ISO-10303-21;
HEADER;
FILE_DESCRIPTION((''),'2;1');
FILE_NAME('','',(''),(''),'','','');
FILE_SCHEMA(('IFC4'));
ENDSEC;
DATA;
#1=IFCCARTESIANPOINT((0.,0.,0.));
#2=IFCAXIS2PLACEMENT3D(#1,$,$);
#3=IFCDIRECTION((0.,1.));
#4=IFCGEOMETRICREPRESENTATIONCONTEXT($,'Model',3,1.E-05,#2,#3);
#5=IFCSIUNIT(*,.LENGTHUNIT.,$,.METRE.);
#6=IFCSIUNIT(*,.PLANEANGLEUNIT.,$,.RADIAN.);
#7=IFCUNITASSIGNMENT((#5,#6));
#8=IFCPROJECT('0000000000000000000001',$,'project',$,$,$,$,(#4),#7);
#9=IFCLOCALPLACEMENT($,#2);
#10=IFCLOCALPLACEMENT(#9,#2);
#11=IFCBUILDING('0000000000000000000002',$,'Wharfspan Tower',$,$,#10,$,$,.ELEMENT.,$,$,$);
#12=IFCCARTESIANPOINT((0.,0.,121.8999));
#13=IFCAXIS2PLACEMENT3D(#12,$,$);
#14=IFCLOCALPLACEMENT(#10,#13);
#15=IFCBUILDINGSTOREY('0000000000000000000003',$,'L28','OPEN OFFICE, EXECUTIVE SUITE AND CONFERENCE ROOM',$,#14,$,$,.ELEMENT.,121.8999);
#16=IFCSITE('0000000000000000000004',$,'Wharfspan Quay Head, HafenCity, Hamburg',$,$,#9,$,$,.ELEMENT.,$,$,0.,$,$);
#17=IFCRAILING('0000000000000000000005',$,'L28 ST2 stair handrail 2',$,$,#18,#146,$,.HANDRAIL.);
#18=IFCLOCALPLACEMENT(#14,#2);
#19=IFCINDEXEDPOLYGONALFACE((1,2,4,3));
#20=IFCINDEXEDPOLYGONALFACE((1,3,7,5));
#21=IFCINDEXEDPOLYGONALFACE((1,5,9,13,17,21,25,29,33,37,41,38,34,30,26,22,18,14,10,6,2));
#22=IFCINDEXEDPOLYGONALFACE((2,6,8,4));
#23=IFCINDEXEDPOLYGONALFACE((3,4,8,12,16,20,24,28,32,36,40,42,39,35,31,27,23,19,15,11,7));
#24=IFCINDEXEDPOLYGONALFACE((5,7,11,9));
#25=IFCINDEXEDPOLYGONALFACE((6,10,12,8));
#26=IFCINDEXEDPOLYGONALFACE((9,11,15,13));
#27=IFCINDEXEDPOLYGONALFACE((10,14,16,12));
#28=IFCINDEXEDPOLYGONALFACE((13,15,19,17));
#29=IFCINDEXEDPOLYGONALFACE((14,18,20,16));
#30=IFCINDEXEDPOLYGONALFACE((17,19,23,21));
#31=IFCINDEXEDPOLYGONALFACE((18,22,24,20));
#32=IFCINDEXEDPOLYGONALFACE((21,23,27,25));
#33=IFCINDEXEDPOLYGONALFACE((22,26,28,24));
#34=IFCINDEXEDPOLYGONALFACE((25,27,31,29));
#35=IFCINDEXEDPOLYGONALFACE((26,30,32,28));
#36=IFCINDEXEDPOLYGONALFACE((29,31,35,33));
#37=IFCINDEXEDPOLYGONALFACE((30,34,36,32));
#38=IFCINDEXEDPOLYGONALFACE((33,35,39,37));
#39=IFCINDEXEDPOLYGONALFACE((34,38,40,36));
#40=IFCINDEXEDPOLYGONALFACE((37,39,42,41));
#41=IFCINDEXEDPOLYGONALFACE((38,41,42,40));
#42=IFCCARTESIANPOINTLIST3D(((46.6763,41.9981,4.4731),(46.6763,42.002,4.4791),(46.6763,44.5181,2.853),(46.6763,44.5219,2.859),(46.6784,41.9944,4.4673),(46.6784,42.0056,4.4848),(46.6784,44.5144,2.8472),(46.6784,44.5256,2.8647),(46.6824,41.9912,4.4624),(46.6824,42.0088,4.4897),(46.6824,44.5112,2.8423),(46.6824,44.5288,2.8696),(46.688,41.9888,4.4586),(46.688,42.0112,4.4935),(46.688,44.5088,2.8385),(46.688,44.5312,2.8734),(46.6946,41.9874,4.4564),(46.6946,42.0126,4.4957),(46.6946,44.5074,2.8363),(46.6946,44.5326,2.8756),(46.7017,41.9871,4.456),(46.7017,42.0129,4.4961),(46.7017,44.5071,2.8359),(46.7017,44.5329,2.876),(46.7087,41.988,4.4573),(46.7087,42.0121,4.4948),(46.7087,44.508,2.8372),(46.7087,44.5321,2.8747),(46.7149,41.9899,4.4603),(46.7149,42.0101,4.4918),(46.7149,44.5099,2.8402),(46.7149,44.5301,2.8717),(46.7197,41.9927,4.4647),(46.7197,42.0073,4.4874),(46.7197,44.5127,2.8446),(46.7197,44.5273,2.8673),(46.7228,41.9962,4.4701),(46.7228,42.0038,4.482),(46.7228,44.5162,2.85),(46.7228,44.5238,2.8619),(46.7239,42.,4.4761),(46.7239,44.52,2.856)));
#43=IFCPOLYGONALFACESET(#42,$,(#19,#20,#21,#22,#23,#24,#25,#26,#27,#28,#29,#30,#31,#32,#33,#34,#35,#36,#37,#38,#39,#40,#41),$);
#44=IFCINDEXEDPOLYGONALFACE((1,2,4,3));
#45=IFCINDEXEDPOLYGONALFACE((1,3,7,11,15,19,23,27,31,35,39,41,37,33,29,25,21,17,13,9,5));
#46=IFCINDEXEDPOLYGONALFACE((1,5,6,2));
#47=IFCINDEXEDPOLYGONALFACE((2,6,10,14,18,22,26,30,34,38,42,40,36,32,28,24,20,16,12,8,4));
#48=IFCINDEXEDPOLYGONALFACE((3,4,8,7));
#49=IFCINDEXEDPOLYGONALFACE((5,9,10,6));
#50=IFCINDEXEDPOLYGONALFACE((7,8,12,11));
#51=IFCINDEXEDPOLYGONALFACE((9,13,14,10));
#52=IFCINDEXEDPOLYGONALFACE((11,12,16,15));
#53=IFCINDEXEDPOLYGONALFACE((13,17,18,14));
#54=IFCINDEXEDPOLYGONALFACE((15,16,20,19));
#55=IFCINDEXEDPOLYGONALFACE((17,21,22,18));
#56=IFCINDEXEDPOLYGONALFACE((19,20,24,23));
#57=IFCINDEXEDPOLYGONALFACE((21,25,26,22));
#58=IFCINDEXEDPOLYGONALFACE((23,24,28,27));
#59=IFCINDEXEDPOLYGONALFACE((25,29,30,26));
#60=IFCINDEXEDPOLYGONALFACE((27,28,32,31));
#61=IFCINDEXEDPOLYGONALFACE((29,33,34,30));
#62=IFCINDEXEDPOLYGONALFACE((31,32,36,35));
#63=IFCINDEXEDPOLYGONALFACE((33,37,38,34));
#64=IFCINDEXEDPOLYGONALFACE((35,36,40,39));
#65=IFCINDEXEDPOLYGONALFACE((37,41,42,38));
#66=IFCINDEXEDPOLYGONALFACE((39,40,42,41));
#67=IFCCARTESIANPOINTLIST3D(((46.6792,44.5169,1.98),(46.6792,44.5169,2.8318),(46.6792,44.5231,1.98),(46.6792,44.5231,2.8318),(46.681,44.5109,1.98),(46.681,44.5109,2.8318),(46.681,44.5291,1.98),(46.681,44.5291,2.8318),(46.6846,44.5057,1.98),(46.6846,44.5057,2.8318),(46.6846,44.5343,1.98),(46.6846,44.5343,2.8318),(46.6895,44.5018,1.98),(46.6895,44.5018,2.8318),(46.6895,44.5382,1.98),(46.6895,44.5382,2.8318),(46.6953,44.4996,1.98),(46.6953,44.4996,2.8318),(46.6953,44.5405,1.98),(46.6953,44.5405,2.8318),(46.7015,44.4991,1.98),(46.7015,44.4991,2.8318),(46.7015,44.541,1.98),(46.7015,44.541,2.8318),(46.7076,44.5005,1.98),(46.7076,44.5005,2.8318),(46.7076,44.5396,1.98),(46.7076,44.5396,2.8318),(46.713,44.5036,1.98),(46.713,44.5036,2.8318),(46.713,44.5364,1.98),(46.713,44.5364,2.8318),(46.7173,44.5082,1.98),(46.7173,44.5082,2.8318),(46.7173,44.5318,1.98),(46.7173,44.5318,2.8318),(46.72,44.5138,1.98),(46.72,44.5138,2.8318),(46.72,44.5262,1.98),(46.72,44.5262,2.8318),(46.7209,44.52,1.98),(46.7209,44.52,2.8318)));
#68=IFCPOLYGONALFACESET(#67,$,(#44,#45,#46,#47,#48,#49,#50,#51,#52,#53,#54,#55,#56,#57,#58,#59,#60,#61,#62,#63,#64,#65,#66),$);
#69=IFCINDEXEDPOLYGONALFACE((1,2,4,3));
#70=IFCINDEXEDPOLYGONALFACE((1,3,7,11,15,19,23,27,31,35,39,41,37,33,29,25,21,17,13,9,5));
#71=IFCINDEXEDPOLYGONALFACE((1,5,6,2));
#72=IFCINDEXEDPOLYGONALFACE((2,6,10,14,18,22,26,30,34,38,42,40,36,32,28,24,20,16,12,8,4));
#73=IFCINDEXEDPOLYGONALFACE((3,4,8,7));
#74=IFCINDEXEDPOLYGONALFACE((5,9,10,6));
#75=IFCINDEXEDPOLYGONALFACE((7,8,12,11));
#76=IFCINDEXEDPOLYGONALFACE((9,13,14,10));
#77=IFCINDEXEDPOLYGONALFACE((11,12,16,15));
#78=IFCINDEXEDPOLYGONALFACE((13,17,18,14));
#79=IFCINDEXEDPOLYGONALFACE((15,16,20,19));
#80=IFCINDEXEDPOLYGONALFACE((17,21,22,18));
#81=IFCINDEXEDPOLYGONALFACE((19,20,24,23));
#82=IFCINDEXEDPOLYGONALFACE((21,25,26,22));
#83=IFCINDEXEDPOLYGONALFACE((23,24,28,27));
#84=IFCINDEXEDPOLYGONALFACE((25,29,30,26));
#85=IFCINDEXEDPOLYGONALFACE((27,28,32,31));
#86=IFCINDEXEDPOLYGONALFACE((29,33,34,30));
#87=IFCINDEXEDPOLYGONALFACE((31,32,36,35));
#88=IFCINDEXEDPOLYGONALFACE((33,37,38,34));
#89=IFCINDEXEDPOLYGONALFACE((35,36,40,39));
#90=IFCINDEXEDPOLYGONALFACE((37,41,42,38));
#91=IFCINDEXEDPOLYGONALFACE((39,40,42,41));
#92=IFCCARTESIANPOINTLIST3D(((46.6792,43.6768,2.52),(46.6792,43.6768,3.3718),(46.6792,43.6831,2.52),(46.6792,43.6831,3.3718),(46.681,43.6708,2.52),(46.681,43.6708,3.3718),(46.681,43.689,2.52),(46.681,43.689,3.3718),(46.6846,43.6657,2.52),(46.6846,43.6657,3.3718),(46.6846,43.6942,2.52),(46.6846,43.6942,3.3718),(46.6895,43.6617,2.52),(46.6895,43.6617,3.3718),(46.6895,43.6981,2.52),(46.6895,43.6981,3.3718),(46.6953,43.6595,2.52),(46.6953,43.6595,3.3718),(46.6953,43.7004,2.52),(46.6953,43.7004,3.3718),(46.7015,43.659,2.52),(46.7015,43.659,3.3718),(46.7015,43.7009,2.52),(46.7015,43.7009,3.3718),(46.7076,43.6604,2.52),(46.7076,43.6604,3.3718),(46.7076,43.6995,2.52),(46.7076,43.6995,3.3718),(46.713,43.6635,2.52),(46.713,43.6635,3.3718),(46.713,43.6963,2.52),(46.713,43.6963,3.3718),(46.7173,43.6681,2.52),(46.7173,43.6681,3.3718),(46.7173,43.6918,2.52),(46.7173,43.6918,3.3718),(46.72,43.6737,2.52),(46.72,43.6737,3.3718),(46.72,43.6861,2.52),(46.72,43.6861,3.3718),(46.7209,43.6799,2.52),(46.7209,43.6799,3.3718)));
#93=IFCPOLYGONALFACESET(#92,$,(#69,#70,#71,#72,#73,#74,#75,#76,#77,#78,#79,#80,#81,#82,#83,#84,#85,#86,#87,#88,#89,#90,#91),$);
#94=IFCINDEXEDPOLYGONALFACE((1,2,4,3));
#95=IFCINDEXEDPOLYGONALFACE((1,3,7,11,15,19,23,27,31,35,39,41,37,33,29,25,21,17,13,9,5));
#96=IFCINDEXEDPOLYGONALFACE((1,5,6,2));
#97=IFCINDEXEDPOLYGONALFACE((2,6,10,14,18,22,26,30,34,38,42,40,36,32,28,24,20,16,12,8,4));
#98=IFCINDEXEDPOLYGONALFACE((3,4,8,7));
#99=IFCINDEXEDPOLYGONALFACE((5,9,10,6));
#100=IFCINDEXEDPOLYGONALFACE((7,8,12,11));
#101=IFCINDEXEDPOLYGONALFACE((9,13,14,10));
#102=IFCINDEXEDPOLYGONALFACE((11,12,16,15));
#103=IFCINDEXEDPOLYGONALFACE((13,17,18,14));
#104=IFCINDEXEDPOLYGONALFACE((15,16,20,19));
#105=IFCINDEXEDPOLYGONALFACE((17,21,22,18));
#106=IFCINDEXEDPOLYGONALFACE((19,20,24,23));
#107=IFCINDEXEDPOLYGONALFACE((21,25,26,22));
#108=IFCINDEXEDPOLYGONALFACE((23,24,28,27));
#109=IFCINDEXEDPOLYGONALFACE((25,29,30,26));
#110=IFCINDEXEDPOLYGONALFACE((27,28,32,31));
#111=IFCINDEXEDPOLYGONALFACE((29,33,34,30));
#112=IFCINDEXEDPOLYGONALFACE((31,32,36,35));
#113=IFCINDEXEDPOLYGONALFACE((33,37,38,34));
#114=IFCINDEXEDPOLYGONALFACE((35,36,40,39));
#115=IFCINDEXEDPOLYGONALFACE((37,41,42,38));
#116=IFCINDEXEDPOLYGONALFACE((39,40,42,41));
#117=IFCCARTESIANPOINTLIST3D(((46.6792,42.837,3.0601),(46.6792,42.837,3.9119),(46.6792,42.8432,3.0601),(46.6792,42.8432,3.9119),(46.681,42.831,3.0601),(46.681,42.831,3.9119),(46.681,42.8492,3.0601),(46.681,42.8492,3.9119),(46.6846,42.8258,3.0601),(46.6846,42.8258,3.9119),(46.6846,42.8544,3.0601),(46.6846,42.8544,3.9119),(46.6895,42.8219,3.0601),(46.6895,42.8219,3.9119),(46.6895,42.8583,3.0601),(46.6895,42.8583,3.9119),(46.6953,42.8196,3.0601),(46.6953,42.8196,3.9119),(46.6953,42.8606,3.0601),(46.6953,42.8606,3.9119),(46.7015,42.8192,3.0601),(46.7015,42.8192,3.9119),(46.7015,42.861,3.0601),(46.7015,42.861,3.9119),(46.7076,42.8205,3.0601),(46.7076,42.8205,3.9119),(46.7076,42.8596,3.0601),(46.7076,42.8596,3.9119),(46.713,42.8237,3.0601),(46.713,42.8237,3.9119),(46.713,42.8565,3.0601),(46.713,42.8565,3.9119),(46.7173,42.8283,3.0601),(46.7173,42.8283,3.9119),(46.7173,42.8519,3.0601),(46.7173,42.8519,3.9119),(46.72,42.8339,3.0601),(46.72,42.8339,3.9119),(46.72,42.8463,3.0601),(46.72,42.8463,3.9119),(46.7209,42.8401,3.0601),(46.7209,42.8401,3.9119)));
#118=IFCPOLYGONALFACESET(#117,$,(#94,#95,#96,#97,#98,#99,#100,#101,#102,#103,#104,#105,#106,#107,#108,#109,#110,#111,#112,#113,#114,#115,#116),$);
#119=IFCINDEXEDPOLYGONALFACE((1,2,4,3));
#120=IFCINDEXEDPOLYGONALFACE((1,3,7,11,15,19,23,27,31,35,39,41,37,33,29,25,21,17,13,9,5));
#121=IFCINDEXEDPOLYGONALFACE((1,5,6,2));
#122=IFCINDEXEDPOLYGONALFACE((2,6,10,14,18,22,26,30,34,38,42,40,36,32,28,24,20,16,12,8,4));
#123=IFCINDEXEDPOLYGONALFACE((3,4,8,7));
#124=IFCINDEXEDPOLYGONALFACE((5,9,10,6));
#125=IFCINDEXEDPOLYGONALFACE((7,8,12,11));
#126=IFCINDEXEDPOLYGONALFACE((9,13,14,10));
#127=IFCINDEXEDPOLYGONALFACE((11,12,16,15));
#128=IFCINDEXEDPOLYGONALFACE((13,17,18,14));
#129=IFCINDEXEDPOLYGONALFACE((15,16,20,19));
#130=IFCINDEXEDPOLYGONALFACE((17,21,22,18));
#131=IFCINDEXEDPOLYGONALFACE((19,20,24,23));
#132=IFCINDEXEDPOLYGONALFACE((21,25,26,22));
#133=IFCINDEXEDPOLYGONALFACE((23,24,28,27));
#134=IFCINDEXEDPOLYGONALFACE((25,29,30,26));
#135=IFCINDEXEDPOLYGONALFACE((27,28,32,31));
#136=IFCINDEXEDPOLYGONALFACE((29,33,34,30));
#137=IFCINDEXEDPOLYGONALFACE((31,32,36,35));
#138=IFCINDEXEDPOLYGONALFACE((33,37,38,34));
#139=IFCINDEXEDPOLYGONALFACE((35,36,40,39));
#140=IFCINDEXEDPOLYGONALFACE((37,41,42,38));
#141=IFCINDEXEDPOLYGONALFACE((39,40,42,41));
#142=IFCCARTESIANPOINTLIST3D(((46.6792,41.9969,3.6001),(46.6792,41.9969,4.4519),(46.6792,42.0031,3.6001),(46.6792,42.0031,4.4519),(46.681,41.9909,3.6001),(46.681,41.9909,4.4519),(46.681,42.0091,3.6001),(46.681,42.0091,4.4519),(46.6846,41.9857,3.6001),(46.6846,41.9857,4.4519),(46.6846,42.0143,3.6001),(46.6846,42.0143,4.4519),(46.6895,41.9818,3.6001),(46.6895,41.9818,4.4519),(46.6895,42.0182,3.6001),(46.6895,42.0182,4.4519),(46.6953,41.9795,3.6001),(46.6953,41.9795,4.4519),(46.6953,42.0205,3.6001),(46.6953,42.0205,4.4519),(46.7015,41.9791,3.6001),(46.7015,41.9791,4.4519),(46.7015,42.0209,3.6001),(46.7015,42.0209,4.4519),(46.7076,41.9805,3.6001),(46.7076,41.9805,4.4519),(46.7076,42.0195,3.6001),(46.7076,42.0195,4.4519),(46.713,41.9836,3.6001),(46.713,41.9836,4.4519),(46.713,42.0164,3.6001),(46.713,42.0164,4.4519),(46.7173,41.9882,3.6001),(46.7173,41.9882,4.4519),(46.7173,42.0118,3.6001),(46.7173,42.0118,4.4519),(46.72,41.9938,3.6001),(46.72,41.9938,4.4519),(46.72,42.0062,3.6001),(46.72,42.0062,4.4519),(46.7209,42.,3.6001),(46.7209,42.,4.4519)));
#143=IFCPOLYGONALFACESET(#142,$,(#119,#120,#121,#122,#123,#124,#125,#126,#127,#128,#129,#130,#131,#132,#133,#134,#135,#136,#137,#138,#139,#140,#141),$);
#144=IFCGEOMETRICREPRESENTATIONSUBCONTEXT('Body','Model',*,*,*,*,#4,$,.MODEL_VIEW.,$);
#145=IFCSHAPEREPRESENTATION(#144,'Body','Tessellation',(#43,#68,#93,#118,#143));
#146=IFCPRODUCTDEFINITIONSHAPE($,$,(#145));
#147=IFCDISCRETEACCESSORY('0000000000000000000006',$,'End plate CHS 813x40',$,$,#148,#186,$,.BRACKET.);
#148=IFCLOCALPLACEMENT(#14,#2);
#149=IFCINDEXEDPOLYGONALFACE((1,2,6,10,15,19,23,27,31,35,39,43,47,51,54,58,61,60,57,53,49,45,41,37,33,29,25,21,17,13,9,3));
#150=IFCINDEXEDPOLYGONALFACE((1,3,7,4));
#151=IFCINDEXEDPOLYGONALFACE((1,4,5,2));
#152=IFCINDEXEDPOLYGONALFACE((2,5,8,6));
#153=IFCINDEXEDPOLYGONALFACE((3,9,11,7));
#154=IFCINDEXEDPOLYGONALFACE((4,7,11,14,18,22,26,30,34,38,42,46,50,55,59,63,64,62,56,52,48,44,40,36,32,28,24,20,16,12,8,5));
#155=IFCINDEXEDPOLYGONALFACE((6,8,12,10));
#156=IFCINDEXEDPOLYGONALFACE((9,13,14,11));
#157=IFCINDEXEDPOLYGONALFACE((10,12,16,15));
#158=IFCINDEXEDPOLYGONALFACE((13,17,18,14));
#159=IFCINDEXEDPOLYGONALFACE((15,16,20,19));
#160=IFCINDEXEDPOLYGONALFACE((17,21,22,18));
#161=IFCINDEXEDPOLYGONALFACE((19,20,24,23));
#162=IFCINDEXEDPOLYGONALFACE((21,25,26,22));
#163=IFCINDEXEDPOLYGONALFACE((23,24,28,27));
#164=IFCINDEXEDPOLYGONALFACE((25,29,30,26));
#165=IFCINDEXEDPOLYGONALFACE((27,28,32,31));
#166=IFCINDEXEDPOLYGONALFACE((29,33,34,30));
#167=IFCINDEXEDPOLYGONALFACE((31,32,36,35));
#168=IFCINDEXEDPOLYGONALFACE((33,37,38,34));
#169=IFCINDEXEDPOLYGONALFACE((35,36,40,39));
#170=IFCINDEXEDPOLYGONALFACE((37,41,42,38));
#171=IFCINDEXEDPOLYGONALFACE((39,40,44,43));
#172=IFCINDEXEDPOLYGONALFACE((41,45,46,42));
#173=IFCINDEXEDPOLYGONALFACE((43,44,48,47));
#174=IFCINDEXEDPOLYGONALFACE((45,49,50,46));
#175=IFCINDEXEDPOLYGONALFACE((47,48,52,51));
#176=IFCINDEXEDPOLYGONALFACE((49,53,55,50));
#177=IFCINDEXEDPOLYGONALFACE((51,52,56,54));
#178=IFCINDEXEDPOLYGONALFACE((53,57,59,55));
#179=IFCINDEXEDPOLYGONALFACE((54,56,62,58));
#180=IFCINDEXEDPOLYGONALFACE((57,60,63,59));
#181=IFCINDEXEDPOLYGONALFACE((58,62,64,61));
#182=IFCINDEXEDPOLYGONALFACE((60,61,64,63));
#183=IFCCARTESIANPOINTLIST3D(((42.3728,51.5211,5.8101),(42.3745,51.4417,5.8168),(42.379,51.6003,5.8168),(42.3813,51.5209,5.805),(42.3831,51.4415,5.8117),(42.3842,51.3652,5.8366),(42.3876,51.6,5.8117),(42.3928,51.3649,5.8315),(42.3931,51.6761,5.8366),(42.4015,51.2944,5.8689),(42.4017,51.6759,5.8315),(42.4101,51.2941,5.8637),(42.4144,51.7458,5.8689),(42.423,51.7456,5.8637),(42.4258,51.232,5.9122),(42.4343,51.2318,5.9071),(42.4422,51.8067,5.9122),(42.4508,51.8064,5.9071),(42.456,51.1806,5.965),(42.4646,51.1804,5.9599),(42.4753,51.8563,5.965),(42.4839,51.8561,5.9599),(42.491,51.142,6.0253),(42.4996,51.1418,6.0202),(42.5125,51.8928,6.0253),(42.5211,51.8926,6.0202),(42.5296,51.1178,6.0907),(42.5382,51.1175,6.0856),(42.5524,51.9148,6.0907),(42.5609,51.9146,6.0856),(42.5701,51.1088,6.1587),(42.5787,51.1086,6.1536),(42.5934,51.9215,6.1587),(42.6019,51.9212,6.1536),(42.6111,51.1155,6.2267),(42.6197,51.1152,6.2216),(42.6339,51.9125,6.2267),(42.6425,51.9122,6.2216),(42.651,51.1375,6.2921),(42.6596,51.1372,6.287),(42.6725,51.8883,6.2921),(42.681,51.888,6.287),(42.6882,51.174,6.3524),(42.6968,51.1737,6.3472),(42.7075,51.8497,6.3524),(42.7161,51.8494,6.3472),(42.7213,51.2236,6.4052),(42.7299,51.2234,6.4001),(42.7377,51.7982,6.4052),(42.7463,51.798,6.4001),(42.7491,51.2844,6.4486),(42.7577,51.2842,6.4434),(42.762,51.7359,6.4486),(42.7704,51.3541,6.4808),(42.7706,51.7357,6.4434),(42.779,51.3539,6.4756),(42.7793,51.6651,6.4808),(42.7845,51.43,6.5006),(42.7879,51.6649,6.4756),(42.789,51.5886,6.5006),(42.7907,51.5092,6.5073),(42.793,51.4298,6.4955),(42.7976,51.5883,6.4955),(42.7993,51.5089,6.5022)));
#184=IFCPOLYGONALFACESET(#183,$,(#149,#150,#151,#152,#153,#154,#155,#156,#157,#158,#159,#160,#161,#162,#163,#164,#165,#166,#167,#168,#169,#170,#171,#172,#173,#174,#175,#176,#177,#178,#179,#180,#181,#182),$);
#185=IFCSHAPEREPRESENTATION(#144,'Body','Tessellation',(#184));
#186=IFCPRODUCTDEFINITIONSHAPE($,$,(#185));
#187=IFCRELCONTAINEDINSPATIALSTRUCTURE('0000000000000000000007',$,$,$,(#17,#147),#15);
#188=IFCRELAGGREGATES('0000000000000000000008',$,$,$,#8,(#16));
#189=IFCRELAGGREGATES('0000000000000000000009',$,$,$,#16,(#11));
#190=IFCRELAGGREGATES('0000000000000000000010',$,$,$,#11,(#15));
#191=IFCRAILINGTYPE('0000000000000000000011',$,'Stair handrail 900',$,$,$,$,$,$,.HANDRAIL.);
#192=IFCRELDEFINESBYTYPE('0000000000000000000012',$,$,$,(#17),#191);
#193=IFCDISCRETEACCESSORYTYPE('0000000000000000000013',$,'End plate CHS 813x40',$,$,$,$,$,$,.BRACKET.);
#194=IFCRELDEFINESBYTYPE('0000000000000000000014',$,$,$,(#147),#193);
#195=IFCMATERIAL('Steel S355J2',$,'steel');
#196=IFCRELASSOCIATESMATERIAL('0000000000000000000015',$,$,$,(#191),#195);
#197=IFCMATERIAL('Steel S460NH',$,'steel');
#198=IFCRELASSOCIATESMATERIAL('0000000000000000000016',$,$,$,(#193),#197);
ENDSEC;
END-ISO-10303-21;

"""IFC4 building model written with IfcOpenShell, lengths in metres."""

from ifc_helpers import new_model, si_unit, direction, frame, origin, origin_2d, place, context, subcontext, project, spatial, circle, extrude, material, material_profile, profile_set, type_object, element, save


model = new_model("IFC4")

# Units and contexts
model_context = context("Model", 3, precision=1e-05, world=origin(), true_north=direction((0.0, 1.0)))
body_context = subcontext(model_context, "Body", "Model", "MODEL_VIEW")
ifc_project = project(units=[si_unit("LENGTHUNIT", "METRE"), si_unit("PLANEANGLEUNIT", "RADIAN")], contexts=[model_context])

# Site, building, storey
site_placement = place(None, origin())
site = spatial("IfcSite", under=ifc_project, at=site_placement, Name="Wharfspan Quay Head, HafenCity, Hamburg", CompositionType="ELEMENT", RefElevation=0.0)
building_placement = place(site_placement, origin())
building = spatial("IfcBuilding", under=site, at=building_placement, Name="Wharfspan Tower", CompositionType="ELEMENT")
storey_placement = place(building_placement, frame((0.0, 0.0, 121.8999)))
storey = spatial("IfcBuildingStorey", under=building, at=storey_placement, Name="L28", Description="OPEN OFFICE, EXECUTIVE SUITE AND CONFERENCE ROOM", CompositionType="ELEMENT", Elevation=121.8999)

# Shared definitions
ifc_material_1 = material(Name="Steel S355J2", Category="steel")

# Shared definitions
ifc_material_2 = material(Name="Steel S460NH", Category="steel")

# Railing
railing_type_1 = type_object("IfcRailingType", Name="Stair handrail 900", PredefinedType="HANDRAIL", material=ifc_material_1)
railing_1_placement = place(storey_placement, frame((46.7, 44.52, 1.98)))
element("IfcRailing", 1, at=railing_1_placement, inside=storey, type_object=railing_type_1, Name="L28 ST2 stair handrail 2", PredefinedType="HANDRAIL", context=body_context, shape_type="SweptSolid", body=[
    extrude(circle(Radius=0.0239, at=origin_2d()), frame((0.0, 0.0, 0.876), z_axis=(0.0, -0.841163, 0.540782), x_axis=(1.0, 0.0, 0.0)), (0.0, 0.0, 1.0), 2.9958),
    extrude(circle(Radius=0.021, at=origin_2d()), origin(), (0.0, 0.0, 1.0), 0.8518),
    extrude(circle(Radius=0.021, at=origin_2d()), frame((0.0, -0.8401, 0.54)), (0.0, 0.0, 1.0), 0.8518),
    extrude(circle(Radius=0.021, at=origin_2d()), frame((0.0, -1.6799, 1.0801)), (0.0, 0.0, 1.0), 0.8518),
    extrude(circle(Radius=0.021, at=origin_2d()), frame((0.0, -2.52, 1.6201)), (0.0, 0.0, 1.0), 0.8518),
])

# Discrete accessory
ifc_material_profile_1 = material_profile(ifc_material_2, circle(Radius=0.4065, at=origin_2d()))
ifc_profile_set_1 = profile_set([ifc_material_profile_1], Name="Steel S460NH")
discrete_accessory_type = type_object("IfcDiscreteAccessoryType", Name="End plate CHS 813x40", PredefinedType="BRACKET", material=ifc_profile_set_1)
discrete_accessory_placement = place(storey_placement, frame((42.5903, 51.5149, 6.1536), z_axis=(-0.857236, 0.024492, 0.514341), x_axis=(-0.028558, -0.999591, 0.000002)))
element("IfcDiscreteAccessory", 2, at=discrete_accessory_placement, inside=storey, type_object=discrete_accessory_type, Name="End plate CHS 813x40", PredefinedType="BRACKET", context=body_context, shape_type="SweptSolid", body=[
    extrude(circle(Radius=0.4065, at=origin_2d()), origin(), (0.0, 0.0, 1.0), 0.01),
])

save(model, "model.ifc")
